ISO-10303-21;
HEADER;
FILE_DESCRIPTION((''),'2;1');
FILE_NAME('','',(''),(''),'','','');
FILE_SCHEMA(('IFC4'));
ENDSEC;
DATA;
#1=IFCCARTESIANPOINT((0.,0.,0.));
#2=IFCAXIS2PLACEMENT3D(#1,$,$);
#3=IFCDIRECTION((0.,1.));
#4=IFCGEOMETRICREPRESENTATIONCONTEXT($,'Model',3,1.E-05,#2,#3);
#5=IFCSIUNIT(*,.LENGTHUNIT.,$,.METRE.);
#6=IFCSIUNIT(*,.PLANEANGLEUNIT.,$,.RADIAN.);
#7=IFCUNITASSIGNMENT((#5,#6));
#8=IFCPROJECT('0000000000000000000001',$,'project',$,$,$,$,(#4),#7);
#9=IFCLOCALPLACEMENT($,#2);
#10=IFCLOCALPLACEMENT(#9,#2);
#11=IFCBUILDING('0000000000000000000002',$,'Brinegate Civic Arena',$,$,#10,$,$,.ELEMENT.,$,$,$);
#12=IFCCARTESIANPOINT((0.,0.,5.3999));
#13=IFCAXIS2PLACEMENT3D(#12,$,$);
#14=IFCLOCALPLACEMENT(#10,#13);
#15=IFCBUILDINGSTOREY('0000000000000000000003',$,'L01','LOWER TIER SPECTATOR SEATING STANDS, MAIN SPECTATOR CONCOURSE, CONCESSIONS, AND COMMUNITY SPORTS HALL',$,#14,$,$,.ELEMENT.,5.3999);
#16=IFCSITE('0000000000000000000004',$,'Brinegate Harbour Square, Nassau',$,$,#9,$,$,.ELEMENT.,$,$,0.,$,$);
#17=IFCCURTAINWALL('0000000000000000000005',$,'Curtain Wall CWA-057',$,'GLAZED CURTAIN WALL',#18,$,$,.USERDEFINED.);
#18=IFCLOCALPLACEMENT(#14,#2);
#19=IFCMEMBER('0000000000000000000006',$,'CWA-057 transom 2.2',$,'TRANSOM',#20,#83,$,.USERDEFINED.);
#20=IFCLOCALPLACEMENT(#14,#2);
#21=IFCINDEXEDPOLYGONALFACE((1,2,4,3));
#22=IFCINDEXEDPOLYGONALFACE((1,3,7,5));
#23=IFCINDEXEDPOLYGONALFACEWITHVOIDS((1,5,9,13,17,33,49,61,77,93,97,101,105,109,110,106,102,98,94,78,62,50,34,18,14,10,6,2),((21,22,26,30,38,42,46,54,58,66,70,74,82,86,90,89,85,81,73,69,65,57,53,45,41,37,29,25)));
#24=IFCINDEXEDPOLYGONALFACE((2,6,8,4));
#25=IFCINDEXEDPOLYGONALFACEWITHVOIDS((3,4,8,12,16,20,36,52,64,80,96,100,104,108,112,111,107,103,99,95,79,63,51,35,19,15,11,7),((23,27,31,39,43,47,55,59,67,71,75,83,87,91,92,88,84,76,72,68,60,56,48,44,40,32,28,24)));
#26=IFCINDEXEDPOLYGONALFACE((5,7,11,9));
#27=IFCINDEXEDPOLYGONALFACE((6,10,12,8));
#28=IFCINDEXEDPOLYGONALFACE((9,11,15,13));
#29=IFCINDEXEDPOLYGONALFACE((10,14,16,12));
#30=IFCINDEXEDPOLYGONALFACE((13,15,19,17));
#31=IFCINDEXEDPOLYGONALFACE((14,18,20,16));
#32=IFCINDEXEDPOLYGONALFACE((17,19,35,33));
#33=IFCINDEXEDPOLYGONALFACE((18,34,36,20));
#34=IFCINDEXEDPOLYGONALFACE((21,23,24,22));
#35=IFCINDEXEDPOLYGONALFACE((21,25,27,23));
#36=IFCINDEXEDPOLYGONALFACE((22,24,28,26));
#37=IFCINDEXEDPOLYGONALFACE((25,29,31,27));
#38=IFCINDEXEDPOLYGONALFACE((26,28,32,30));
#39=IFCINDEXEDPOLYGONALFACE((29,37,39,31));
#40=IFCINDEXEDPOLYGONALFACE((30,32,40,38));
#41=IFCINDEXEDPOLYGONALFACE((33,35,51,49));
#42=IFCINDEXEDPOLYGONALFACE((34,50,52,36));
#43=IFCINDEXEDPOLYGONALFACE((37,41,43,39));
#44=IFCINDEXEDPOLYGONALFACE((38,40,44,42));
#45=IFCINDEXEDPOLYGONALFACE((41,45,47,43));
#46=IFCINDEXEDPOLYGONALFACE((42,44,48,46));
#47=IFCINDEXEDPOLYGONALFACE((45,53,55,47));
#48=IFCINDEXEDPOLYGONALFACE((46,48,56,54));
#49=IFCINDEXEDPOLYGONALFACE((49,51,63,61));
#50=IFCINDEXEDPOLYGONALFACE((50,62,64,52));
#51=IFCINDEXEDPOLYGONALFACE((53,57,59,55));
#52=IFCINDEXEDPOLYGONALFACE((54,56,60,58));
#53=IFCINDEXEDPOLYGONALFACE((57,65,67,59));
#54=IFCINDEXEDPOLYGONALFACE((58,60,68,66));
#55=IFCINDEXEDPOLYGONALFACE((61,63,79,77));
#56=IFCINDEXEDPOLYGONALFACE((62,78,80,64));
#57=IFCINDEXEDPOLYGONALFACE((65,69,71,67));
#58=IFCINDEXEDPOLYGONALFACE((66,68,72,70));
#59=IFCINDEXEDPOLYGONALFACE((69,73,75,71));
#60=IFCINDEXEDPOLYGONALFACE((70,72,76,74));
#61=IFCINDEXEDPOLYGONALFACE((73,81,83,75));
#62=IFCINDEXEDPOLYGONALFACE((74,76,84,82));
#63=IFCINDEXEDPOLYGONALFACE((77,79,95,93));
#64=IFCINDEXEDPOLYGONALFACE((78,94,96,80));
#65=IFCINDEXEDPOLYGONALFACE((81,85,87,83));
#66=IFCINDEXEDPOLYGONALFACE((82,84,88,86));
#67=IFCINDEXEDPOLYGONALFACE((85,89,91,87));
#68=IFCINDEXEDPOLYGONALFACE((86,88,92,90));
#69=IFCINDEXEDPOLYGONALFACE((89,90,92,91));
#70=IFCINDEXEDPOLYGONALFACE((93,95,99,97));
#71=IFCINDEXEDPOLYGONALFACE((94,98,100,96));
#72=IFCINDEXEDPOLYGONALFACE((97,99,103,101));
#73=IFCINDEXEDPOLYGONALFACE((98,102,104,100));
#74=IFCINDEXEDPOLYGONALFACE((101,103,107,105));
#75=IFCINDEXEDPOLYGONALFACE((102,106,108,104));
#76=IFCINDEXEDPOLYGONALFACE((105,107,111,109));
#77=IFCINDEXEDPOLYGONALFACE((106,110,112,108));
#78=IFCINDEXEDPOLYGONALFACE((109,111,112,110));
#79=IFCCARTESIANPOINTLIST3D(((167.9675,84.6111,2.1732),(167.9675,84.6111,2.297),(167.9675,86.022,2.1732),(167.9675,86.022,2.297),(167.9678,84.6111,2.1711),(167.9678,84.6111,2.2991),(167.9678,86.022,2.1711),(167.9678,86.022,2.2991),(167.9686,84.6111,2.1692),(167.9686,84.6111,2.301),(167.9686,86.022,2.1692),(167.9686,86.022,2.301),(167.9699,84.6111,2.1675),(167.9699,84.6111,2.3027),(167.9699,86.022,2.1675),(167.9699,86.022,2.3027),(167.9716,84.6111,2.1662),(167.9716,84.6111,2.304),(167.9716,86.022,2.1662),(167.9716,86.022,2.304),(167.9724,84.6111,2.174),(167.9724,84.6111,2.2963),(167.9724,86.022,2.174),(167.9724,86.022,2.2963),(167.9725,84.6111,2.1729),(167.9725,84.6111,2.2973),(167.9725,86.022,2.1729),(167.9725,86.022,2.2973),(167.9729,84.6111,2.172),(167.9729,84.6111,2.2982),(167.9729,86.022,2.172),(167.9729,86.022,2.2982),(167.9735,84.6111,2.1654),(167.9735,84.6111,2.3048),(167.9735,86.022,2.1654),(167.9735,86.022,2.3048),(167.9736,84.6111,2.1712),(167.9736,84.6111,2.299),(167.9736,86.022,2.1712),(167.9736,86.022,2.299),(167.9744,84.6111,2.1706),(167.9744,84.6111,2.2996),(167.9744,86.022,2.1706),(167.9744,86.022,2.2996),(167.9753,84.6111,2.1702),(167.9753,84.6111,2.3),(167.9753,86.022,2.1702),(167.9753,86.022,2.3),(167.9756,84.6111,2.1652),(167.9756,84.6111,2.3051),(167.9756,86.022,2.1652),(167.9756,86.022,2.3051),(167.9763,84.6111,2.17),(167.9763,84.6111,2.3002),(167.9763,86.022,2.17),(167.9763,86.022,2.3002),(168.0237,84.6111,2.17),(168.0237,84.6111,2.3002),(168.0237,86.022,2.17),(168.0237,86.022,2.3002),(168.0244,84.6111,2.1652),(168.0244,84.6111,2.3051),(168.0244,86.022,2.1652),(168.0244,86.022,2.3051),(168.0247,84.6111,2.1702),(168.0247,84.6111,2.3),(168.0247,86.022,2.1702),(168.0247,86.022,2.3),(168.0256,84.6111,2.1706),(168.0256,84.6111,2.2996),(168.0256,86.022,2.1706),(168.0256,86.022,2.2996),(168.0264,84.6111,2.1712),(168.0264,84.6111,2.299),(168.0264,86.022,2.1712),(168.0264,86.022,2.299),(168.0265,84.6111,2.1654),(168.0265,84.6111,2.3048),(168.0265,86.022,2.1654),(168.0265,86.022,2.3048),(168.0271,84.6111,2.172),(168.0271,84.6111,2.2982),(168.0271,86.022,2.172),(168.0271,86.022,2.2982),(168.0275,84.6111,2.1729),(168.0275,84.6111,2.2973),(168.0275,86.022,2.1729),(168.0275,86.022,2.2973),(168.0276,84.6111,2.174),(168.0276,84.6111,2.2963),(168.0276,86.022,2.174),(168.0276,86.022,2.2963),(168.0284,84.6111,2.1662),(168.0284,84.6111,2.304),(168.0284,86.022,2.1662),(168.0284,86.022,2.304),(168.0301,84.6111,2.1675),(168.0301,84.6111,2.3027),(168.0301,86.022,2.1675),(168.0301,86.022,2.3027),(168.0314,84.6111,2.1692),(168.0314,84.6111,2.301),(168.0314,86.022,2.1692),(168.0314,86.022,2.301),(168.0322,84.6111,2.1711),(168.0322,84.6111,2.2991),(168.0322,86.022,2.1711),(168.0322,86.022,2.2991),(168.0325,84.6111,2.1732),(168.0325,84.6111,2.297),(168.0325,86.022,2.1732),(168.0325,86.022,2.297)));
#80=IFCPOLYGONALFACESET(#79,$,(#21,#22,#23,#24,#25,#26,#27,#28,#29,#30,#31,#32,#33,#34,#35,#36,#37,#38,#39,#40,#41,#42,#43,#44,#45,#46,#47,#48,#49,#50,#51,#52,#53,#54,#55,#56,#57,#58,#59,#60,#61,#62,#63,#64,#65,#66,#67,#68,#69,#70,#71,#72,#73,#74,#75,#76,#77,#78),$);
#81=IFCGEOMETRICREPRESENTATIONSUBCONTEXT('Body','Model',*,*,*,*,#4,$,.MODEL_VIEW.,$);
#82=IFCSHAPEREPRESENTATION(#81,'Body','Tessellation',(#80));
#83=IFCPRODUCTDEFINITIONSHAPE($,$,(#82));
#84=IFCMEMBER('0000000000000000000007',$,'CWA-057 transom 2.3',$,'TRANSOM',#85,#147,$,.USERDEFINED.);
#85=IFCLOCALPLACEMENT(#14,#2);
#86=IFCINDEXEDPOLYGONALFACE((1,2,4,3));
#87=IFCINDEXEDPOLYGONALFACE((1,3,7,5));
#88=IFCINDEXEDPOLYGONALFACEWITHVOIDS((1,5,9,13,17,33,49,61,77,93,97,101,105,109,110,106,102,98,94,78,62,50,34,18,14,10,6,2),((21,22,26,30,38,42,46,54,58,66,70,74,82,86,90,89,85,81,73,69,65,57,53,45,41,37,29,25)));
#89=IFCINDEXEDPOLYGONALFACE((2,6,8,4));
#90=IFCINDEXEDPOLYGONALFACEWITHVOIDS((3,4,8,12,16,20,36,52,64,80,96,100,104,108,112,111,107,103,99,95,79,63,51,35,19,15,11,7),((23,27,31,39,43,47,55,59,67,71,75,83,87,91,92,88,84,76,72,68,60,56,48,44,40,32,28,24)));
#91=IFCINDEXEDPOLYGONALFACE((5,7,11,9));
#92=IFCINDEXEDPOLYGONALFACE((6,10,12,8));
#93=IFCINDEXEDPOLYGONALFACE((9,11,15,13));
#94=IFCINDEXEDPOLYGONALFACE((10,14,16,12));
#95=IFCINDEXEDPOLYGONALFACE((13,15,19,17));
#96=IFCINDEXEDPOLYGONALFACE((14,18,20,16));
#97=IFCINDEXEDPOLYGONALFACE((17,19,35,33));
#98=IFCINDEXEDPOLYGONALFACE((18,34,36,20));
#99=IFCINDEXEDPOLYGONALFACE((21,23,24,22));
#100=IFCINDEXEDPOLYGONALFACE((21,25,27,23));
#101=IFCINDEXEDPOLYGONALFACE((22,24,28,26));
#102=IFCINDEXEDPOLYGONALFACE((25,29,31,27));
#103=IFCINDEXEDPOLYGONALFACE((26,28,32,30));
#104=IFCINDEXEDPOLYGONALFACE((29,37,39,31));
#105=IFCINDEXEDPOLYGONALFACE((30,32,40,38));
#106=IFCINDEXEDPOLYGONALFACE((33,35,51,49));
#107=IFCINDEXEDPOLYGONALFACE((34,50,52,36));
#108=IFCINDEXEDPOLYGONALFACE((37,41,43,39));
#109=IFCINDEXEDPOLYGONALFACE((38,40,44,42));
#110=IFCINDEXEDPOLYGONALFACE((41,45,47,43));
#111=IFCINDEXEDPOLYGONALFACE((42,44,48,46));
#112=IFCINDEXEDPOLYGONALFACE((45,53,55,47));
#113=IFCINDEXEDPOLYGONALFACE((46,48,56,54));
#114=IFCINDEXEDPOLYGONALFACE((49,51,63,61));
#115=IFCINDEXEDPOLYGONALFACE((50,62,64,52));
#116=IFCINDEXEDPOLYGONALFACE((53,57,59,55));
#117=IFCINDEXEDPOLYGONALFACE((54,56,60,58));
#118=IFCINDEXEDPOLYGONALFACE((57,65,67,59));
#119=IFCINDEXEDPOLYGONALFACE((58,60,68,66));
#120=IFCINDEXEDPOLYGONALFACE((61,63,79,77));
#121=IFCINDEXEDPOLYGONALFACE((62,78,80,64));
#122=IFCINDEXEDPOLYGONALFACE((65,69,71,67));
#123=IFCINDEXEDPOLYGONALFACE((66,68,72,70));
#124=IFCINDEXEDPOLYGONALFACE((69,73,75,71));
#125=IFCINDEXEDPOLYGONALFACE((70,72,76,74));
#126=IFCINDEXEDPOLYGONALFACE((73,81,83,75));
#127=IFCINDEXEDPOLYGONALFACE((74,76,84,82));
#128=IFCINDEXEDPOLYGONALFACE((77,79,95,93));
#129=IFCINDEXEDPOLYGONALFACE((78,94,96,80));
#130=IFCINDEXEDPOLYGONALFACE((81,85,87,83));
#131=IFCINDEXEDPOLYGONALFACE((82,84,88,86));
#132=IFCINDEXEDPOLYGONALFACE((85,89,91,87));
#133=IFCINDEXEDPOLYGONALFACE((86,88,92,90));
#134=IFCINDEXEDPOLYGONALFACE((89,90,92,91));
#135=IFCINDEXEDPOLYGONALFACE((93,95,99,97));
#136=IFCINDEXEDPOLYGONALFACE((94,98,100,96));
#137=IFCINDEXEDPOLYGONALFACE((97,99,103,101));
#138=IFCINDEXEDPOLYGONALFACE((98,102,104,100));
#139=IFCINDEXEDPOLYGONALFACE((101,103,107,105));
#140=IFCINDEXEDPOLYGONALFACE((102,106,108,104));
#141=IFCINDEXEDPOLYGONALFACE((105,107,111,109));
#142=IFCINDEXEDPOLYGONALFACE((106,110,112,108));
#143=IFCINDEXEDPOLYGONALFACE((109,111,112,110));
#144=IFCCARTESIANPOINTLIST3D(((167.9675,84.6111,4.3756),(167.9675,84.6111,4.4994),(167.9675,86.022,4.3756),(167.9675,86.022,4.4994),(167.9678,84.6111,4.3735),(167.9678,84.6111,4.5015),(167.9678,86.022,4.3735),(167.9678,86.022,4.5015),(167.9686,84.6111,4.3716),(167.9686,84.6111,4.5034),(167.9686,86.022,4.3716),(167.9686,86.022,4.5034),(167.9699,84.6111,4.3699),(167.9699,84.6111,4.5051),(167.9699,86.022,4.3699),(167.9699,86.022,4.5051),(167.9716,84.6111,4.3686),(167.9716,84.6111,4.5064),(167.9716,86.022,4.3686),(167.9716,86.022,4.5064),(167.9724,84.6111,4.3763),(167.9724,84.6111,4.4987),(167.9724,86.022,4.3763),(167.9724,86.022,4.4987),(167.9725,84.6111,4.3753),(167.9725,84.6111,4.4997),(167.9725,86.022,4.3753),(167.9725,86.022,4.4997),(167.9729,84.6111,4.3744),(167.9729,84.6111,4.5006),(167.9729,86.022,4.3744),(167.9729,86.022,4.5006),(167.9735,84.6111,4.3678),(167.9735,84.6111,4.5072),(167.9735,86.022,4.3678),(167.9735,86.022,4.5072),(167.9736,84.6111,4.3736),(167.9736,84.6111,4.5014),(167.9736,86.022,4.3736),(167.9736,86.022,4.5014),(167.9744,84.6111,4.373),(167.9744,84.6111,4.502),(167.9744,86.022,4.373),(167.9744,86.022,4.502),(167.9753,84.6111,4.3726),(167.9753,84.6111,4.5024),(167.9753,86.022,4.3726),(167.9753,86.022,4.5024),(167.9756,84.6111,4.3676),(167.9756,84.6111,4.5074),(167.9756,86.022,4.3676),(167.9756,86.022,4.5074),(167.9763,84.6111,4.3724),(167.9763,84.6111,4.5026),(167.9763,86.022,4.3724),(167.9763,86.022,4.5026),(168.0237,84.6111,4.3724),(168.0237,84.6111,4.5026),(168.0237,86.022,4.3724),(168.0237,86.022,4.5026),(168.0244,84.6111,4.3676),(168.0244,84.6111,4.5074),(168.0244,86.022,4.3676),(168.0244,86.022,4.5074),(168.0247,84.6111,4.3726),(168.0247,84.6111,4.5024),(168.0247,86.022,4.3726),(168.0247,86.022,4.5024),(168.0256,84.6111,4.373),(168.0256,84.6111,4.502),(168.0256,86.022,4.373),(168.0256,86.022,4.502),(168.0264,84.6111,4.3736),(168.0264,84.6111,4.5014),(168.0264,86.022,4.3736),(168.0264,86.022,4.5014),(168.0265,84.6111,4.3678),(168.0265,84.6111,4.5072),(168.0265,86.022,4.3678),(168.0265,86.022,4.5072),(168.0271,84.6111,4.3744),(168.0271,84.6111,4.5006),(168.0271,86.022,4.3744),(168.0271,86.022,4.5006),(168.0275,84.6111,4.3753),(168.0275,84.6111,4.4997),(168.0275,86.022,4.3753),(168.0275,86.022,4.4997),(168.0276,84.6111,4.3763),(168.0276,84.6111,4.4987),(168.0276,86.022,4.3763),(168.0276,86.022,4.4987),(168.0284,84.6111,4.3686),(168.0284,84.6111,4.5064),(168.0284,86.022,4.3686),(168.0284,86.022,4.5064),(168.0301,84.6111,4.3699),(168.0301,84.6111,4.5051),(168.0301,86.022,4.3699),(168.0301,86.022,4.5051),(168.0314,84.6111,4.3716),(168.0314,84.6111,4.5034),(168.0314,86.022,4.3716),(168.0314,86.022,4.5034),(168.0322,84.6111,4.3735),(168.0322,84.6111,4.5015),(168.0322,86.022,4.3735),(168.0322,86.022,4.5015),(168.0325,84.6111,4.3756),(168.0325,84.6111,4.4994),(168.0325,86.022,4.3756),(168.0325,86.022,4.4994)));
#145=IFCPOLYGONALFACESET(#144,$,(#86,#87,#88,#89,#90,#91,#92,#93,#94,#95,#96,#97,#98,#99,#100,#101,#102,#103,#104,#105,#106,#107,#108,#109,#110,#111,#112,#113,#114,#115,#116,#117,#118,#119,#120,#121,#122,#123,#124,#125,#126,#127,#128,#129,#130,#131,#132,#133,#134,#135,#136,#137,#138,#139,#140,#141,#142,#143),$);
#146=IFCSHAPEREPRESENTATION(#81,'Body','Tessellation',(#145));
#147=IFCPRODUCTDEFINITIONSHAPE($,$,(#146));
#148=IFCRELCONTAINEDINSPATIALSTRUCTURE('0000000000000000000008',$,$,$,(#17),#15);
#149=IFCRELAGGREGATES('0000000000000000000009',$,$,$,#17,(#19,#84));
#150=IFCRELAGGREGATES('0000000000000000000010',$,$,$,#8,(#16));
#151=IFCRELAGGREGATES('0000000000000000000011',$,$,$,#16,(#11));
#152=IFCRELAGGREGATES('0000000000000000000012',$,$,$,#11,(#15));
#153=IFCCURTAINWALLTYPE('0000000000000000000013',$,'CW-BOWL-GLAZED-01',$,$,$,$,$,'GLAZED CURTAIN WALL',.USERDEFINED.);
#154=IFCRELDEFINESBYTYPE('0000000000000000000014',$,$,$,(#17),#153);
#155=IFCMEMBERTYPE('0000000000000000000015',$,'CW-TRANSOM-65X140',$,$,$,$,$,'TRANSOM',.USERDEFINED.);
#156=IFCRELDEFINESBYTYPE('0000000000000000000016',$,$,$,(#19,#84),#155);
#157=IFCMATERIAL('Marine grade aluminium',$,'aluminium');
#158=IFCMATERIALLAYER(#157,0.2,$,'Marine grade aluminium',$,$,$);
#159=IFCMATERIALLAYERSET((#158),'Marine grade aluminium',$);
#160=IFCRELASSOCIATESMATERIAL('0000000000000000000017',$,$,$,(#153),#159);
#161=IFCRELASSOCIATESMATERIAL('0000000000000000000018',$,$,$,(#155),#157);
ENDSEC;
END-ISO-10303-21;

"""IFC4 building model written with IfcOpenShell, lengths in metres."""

from ifc_helpers import new_model, si_unit, direction, frame, origin, origin_2d, place, context, subcontext, project, spatial, hollow_rectangle, extrude, material, layer, layer_set, material_profile, profile_set, type_object, element, aggregate, save


model = new_model("IFC4")

# Units and contexts
model_context = context("Model", 3, precision=1e-05, world=origin(), true_north=direction((0.0, 1.0)))
body_context = subcontext(model_context, "Body", "Model", "MODEL_VIEW")
ifc_project = project(units=[si_unit("LENGTHUNIT", "METRE"), si_unit("PLANEANGLEUNIT", "RADIAN")], contexts=[model_context])

# Site, building, storey
site_placement = place(None, origin())
site = spatial("IfcSite", under=ifc_project, at=site_placement, Name="Brinegate Harbour Square, Nassau", CompositionType="ELEMENT", RefElevation=0.0)
building_placement = place(site_placement, origin())
building = spatial("IfcBuilding", under=site, at=building_placement, Name="Brinegate Civic Arena", CompositionType="ELEMENT")
storey_placement = place(building_placement, frame((0.0, 0.0, 5.3999)))
storey = spatial("IfcBuildingStorey", under=building, at=storey_placement, Name="L01", Description="LOWER TIER SPECTATOR SEATING STANDS, MAIN SPECTATOR CONCOURSE, CONCESSIONS, AND COMMUNITY SPORTS HALL", CompositionType="ELEMENT", Elevation=5.3999)

# Curtain wall, members
ifc_material_1 = material(Name="Marine grade aluminium", Category="aluminium")
ifc_layer_1 = layer(ifc_material_1, 0.2, Name="Marine grade aluminium")
ifc_layer_set_1 = layer_set([ifc_layer_1], Name="Marine grade aluminium")
curtain_wall_type = type_object("IfcCurtainWallType", Name="CW-BOWL-GLAZED-01", ElementType="GLAZED CURTAIN WALL", PredefinedType="USERDEFINED", material=ifc_layer_set_1)
curtain_wall_placement = place(storey_placement, origin())
curtain_wall = element("IfcCurtainWall", 1, at=curtain_wall_placement, inside=storey, type_object=curtain_wall_type, Name="Curtain Wall CWA-057", ObjectType="GLAZED CURTAIN WALL", PredefinedType="USERDEFINED")
ifc_material_profile_1 = material_profile(ifc_material_1, hollow_rectangle(XDim=0.0649, YDim=0.1399, WallThickness=0.0049, InnerFilletRadius=0.0039, OuterFilletRadius=0.0081, at=origin_2d()), Name="TRN65X140")
ifc_profile_set_1 = profile_set([ifc_material_profile_1], Name="Marine grade aluminium")
member_type_1 = type_object("IfcMemberType", Name="CW-TRANSOM-65X140", ElementType="TRANSOM", PredefinedType="USERDEFINED", material=ifc_profile_set_1)
member_1_placement = place(storey_placement, frame((168.0, 84.6111, 2.2351), z_axis=(0.0, 1.0, 0.0), x_axis=(-1.0, 0.0, 0.0)))
member_1 = element("IfcMember", 2, at=member_1_placement, type_object=member_type_1, Name="CWA-057 transom 2.2", ObjectType="TRANSOM", PredefinedType="USERDEFINED", context=body_context, shape_type="SweptSolid", body=[
    extrude(hollow_rectangle(XDim=0.0649, YDim=0.1399, WallThickness=0.0049, InnerFilletRadius=0.0039, OuterFilletRadius=0.0081, at=origin_2d()), origin(), (0.0, 0.0, 1.0), 1.4109),
])
member_2_placement = place(storey_placement, frame((168.0, 84.6111, 4.4375), z_axis=(0.0, 1.0, 0.0), x_axis=(-1.0, 0.0, 0.0)))
member_2 = element("IfcMember", 3, at=member_2_placement, type_object=member_type_1, Name="CWA-057 transom 2.3", ObjectType="TRANSOM", PredefinedType="USERDEFINED", context=body_context, shape_type="SweptSolid", body=[
    extrude(hollow_rectangle(XDim=0.0649, YDim=0.1399, WallThickness=0.0049, InnerFilletRadius=0.0039, OuterFilletRadius=0.0081, at=origin_2d()), origin(), (0.0, 0.0, 1.0), 1.4109),
])
aggregate(curtain_wall, [member_1, member_2])

save(model, "model.ifc")
